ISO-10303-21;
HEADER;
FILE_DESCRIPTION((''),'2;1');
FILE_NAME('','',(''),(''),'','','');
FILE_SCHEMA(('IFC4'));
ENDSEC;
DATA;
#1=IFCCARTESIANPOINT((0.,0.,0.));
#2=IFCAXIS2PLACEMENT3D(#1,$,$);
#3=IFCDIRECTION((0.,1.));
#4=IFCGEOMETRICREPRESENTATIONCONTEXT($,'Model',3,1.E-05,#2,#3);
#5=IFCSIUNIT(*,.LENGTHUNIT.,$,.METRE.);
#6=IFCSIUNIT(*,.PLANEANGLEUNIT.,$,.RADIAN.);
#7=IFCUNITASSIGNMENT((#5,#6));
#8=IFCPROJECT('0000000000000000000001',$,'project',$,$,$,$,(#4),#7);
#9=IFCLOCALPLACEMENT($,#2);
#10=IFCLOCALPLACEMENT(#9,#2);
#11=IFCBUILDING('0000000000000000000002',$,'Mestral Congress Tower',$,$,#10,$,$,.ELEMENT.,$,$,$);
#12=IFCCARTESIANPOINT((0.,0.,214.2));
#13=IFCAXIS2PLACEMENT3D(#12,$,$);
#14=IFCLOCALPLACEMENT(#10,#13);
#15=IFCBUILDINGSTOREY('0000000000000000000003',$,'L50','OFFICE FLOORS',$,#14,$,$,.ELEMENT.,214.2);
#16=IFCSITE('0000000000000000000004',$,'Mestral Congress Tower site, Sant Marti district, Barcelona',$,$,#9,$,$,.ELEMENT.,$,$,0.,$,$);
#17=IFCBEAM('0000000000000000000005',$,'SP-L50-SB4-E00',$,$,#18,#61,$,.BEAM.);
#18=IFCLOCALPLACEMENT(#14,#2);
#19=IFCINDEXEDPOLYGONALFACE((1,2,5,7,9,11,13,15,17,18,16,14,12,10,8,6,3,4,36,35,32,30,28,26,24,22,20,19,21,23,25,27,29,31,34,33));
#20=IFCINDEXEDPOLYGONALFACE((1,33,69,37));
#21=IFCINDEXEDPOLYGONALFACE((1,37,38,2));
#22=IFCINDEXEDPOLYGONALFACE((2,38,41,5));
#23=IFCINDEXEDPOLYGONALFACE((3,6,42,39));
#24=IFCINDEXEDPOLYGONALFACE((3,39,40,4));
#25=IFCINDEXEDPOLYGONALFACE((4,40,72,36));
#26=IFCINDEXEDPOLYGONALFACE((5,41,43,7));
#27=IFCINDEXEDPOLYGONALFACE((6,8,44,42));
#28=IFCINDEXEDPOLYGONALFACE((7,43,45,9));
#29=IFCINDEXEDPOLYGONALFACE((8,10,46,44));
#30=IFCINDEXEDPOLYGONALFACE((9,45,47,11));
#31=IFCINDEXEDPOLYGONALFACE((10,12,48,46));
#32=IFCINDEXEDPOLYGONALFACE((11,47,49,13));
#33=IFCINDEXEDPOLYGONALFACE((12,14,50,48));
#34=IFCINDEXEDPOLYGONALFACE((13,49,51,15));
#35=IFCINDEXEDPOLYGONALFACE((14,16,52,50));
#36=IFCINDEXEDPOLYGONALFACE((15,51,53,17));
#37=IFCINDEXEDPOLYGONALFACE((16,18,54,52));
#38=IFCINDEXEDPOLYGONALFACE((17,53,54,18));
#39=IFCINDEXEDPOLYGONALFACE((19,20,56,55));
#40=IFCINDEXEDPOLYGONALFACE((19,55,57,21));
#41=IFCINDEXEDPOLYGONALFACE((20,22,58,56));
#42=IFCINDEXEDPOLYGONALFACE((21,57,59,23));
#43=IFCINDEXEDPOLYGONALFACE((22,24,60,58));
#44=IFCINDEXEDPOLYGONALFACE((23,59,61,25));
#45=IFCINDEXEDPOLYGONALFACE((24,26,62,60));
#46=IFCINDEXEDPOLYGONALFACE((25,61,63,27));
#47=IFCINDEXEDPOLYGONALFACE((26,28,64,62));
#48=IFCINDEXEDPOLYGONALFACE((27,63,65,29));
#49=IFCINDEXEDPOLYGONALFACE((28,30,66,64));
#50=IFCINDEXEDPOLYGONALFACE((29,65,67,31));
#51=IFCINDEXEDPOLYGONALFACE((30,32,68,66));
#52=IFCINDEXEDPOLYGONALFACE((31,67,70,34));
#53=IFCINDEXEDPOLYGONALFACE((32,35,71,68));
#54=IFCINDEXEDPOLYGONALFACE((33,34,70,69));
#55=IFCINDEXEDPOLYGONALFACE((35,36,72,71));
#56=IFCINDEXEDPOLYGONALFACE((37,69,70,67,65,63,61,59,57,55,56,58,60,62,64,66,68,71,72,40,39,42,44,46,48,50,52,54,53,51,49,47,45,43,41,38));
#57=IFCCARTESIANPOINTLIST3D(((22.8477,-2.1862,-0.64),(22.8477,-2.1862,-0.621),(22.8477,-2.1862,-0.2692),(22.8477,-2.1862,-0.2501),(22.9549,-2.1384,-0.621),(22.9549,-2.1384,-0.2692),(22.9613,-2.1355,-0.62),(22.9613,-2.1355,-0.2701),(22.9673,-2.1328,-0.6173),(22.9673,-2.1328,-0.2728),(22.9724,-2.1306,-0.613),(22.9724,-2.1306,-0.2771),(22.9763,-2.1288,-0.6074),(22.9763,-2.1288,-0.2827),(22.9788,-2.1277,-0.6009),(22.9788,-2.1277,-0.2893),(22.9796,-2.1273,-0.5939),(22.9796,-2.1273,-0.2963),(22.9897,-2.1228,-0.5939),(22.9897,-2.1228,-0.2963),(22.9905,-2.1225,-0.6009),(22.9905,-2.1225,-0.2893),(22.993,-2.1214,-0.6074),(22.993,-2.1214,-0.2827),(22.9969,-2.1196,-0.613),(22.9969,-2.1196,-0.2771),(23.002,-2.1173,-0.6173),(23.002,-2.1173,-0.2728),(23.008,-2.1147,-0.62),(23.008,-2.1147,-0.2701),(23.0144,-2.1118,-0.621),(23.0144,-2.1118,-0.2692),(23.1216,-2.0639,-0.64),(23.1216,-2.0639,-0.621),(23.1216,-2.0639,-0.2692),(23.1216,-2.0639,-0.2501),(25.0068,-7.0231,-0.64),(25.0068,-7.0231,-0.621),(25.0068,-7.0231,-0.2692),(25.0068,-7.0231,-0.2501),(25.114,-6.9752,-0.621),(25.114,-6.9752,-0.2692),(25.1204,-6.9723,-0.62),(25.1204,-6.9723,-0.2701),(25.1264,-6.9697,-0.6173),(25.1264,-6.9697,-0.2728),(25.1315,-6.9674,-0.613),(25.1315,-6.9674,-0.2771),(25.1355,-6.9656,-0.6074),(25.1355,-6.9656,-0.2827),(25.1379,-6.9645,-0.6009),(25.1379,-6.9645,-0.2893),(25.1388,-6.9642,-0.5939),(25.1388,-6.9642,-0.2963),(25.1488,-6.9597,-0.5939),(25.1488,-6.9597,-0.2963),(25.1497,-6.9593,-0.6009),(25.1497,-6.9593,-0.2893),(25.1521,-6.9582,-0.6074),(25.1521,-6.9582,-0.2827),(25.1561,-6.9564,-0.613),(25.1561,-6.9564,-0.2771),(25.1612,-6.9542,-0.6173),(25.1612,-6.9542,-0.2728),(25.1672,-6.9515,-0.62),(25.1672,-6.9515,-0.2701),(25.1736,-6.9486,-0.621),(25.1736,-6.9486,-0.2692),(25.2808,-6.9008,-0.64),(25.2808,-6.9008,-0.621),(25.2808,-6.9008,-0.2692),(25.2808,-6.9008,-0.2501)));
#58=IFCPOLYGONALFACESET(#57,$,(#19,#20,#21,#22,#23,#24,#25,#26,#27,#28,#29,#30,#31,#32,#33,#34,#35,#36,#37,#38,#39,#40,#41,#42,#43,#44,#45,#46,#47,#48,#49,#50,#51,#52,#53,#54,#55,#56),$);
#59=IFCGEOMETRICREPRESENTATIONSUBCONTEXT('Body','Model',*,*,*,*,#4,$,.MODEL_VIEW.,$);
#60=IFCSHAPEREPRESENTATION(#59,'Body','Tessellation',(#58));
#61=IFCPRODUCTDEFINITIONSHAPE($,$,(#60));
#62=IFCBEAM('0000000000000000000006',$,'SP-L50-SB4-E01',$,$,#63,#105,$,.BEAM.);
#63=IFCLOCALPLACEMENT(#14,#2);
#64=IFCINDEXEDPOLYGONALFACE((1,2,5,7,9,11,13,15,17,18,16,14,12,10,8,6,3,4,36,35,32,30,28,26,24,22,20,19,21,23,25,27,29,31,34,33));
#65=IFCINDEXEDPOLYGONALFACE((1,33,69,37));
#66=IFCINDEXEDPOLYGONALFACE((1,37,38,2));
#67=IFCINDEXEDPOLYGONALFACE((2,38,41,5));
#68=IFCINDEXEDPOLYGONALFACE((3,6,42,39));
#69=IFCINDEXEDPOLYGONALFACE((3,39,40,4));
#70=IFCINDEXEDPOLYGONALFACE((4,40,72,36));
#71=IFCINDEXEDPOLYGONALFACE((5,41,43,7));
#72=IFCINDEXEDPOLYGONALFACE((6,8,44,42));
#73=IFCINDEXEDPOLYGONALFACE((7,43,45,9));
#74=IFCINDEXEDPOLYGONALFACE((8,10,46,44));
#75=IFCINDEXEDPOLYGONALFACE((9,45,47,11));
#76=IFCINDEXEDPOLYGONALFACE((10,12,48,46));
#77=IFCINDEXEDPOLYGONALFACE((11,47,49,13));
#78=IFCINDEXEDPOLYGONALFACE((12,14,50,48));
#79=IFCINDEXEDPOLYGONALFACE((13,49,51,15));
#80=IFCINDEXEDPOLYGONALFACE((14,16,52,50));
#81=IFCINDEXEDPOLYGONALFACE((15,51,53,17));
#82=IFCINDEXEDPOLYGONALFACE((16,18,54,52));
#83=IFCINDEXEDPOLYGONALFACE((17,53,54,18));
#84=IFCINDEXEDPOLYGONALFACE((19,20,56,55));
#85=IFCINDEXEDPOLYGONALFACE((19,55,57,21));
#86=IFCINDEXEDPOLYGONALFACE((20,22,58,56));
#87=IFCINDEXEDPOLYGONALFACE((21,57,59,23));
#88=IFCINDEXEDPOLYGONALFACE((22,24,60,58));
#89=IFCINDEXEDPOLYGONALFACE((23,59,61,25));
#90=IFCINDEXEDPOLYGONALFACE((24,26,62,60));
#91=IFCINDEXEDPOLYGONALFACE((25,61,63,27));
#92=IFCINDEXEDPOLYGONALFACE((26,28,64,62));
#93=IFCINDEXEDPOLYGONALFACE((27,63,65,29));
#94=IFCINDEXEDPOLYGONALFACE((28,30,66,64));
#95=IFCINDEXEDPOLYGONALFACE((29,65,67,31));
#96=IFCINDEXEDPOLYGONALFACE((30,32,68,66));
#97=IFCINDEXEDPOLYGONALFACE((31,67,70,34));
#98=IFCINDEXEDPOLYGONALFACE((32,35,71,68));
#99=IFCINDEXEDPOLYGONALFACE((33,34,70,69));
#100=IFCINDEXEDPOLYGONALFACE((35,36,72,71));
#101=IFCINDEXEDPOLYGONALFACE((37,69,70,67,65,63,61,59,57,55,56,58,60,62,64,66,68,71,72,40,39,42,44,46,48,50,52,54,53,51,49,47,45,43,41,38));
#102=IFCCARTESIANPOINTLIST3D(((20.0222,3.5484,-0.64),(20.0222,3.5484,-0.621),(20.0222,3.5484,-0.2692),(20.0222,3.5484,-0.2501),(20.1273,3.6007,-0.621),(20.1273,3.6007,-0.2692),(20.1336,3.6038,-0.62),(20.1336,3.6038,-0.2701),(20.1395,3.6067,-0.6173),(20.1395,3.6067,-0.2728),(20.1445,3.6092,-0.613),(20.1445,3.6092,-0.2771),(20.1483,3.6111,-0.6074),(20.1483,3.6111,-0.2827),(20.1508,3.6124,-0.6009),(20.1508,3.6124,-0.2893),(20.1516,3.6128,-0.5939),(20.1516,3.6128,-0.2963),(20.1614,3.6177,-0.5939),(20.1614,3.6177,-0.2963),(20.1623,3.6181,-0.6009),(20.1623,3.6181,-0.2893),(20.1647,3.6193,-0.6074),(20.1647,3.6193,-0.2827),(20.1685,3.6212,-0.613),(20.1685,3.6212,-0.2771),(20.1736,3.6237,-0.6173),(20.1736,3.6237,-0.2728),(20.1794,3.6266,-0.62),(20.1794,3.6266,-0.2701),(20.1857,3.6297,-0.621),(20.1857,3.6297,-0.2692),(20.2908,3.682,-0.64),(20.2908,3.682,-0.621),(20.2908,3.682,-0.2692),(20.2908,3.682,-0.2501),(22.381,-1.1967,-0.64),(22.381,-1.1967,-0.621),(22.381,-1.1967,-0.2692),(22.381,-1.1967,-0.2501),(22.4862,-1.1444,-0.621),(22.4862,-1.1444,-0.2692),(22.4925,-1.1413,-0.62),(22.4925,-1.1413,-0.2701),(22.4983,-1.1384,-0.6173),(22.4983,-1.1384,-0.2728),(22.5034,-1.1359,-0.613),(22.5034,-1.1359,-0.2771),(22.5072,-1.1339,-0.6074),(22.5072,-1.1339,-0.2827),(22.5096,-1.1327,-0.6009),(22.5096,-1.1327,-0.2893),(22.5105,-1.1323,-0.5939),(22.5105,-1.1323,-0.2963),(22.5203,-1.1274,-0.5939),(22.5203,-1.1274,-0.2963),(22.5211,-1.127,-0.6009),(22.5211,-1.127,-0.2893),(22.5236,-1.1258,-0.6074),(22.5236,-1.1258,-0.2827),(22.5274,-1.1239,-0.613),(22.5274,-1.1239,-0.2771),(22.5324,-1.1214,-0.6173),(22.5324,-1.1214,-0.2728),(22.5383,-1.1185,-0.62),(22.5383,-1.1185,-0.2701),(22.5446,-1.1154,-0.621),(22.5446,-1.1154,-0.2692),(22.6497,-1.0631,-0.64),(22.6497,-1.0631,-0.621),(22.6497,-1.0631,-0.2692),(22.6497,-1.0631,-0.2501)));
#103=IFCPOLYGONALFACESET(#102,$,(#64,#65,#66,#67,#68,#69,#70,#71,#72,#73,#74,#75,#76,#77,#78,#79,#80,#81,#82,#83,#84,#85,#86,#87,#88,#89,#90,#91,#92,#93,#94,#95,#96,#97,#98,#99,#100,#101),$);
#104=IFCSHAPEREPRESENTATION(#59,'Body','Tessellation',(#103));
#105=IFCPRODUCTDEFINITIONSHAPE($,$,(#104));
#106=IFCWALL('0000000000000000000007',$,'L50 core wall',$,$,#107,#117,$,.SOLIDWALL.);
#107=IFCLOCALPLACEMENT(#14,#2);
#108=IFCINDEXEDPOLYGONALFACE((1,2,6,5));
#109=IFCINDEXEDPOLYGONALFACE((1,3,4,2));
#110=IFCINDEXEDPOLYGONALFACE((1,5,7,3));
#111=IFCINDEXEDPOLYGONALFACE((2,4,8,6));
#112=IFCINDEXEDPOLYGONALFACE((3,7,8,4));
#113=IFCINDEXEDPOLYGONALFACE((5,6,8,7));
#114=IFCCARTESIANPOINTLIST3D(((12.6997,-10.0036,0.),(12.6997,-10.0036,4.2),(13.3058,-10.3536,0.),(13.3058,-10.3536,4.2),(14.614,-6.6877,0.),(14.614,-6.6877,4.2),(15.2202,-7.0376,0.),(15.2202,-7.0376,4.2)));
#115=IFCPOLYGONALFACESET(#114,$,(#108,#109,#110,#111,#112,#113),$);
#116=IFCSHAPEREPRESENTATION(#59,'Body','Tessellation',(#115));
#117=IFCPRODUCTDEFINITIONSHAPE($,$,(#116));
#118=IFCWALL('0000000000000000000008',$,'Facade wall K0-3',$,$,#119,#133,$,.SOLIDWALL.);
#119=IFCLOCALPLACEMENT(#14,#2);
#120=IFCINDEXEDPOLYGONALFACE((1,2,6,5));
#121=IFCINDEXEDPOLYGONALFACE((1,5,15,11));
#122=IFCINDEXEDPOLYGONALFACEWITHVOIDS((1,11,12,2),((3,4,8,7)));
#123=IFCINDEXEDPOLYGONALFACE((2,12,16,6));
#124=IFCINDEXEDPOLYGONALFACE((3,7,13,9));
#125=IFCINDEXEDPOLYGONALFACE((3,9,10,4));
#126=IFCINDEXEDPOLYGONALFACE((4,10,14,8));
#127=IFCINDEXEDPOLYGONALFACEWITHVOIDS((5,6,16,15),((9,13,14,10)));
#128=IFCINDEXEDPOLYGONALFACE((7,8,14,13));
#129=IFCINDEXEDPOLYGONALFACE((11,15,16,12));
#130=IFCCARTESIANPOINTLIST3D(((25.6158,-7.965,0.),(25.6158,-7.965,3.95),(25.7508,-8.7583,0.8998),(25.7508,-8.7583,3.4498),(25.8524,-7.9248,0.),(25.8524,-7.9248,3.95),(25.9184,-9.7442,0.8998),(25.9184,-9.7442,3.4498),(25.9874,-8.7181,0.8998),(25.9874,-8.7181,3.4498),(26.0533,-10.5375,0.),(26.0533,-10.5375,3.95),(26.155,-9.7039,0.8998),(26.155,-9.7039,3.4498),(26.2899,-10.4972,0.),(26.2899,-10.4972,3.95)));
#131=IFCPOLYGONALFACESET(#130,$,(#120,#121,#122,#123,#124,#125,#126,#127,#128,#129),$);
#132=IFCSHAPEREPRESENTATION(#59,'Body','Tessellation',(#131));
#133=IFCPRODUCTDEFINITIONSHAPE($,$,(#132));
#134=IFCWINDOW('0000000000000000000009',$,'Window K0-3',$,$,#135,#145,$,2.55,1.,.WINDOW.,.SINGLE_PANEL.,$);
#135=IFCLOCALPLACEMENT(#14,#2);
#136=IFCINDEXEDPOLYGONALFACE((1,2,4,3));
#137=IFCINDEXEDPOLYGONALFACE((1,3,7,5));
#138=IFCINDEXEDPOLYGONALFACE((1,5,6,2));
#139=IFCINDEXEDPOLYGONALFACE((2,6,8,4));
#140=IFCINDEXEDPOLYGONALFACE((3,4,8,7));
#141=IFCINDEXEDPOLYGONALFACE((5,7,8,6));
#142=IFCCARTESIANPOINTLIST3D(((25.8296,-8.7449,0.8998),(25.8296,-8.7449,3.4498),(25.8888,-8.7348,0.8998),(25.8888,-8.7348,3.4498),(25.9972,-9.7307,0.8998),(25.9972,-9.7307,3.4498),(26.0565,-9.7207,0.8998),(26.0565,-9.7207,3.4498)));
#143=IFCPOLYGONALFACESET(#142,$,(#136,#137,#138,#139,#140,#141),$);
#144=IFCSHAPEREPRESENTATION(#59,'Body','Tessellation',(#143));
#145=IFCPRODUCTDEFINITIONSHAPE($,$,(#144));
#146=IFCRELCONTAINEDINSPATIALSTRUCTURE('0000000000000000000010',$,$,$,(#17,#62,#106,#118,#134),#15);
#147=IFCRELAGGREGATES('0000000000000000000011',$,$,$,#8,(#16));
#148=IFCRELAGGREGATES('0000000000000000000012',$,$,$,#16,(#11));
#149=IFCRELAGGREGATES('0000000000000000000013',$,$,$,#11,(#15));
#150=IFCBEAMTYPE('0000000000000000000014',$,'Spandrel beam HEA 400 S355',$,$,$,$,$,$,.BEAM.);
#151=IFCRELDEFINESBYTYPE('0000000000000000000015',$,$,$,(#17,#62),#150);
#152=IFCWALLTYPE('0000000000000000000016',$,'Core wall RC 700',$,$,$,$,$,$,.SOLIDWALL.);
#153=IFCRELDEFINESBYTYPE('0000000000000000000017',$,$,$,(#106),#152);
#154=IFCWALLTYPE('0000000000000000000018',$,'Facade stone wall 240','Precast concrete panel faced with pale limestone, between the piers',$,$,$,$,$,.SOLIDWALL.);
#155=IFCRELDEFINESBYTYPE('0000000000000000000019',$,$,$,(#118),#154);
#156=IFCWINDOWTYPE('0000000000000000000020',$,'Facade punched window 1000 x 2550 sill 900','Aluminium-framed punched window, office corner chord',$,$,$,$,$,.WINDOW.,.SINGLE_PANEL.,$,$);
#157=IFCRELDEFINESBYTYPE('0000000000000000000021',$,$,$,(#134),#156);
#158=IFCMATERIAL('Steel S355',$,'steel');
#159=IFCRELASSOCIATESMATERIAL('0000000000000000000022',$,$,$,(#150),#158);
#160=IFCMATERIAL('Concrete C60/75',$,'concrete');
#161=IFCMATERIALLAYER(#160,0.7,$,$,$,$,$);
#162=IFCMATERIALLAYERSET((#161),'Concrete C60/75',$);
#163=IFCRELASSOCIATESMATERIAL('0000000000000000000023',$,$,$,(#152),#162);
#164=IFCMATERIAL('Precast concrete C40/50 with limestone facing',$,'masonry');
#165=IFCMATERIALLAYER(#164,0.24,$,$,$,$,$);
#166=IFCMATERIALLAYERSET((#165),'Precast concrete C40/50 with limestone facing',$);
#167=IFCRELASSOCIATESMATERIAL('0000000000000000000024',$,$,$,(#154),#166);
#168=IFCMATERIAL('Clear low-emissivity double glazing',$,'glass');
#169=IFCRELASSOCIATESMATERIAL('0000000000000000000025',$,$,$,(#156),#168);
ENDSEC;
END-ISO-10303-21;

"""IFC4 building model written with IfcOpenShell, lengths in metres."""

from ifc_helpers import new_model, si_unit, direction, frame, frame_2d, origin, origin_2d, place, context, subcontext, project, spatial, rectangle, i_section, extrude, material, layer, layer_set, material_profile, profile_set, type_object, element, fill, save


model = new_model("IFC4")

# Units and contexts
model_context = context("Model", 3, precision=1e-05, world=origin(), true_north=direction((0.0, 1.0)))
body_context = subcontext(model_context, "Body", "Model", "MODEL_VIEW")
ifc_project = project(units=[si_unit("LENGTHUNIT", "METRE"), si_unit("PLANEANGLEUNIT", "RADIAN")], contexts=[model_context])

# Site, building, storey
site_placement = place(None, origin())
site = spatial("IfcSite", under=ifc_project, at=site_placement, Name="Mestral Congress Tower site, Sant Marti district, Barcelona", CompositionType="ELEMENT", RefElevation=0.0)
building_placement = place(site_placement, origin())
building = spatial("IfcBuilding", under=site, at=building_placement, Name="Mestral Congress Tower", CompositionType="ELEMENT")
storey_placement = place(building_placement, frame((0.0, 0.0, 214.2)))
storey = spatial("IfcBuildingStorey", under=building, at=storey_placement, Name="L50", Description="OFFICE FLOORS", CompositionType="ELEMENT", Elevation=214.2)

# Shared definitions
ifc_material_1 = material(Name="Concrete C60/75", Category="concrete")

# Beams
ifc_material_2 = material(Name="Steel S355", Category="steel")
ifc_material_profile_1 = material_profile(ifc_material_2, i_section(OverallWidth=0.3, OverallDepth=0.3899, WebThickness=0.011, FlangeThickness=0.019, FilletRadius=0.0271, at=origin_2d()), Name="HEA 400")
ifc_profile_set_1 = profile_set([ifc_material_profile_1], Name="Steel S355")
beam_type_1 = type_object("IfcBeamType", Name="Spandrel beam HEA 400 S355", PredefinedType="BEAM", material=ifc_profile_set_1)
beam_1_placement = place(storey_placement, frame((25.1438, -6.9619, -0.4451), z_axis=(-0.407626, 0.913149, 0.0), x_axis=(-0.913149, -0.407626, 0.0)))
element("IfcBeam", 1, at=beam_1_placement, inside=storey, type_object=beam_type_1, Name="SP-L50-SB4-E00", PredefinedType="BEAM", context=body_context, shape_type="SweptSolid", body=[
    extrude(i_section(OverallWidth=0.3, OverallDepth=0.3899, WebThickness=0.011, FlangeThickness=0.019, FilletRadius=0.0271, at=origin_2d()), origin(), (0.0, 0.0, 1.0), 5.2969),
])
beam_2_placement = place(storey_placement, frame((22.5154, -1.1299, -0.4451), z_axis=(-0.445148, 0.895457, 0.0), x_axis=(-0.895457, -0.445148, 0.0)))
element("IfcBeam", 2, at=beam_2_placement, inside=storey, type_object=beam_type_1, Name="SP-L50-SB4-E01", PredefinedType="BEAM", context=body_context, shape_type="SweptSolid", body=[
    extrude(i_section(OverallWidth=0.3, OverallDepth=0.3899, WebThickness=0.011, FlangeThickness=0.019, FilletRadius=0.0271, at=origin_2d()), origin(), (0.0, 0.0, 1.0), 5.2991),
])

# Wall
ifc_layer_1 = layer(ifc_material_1, 0.7)
ifc_layer_set_1 = layer_set([ifc_layer_1], Name="Concrete C60/75")
wall_type_1 = type_object("IfcWallType", Name="Core wall RC 700", PredefinedType="SOLIDWALL", material=ifc_layer_set_1)
wall_1_placement = place(storey_placement, frame((13.0027, -10.1787, 0.0), z_axis=(0.0, 0.0, 1.0), x_axis=(0.499973, 0.866041, 0.0)))
element("IfcWall", 3, at=wall_1_placement, inside=storey, type_object=wall_type_1, Name="L50 core wall", PredefinedType="SOLIDWALL", context=body_context, shape_type="SweptSolid", body=[
    extrude(rectangle(XDim=3.8289, YDim=0.7, at=frame_2d((1.9146, 0.0))), origin(), (0.0, 0.0, 1.0), 4.2),
])

# Wall, opening, window
ifc_material_3 = material(Name="Precast concrete C40/50 with limestone facing", Category="masonry")
ifc_layer_2 = layer(ifc_material_3, 0.24)
ifc_layer_set_2 = layer_set([ifc_layer_2], Name="Precast concrete C40/50 with limestone facing")
wall_type_2 = type_object("IfcWallType", Name="Facade stone wall 240", Description="Precast concrete panel faced with pale limestone, between the piers", PredefinedType="SOLIDWALL", material=ifc_layer_set_2)
wall_2_placement = place(storey_placement, frame((26.1716, -10.5173, 0.0), z_axis=(0.0, 0.0, 1.0), x_axis=(-0.16766, 0.985845, 0.0)))
wall_2 = element("IfcWall", 4, at=wall_2_placement, inside=storey, type_object=wall_type_2, Name="Facade wall K0-3", PredefinedType="SOLIDWALL", context=body_context, shape_type="SweptSolid", body=[
    extrude(rectangle(XDim=2.6094, YDim=0.24, at=frame_2d((1.3047, 0.0))), origin(), (0.0, 0.0, 1.0), 3.95),
])
opening_1_placement = place(wall_2_placement, frame((0.8047, 0.0, 0.8999)))
opening_1 = element("IfcOpeningElement", 5, at=opening_1_placement, cuts=wall_2, PredefinedType="OPENING", context=body_context, shape_type="SweptSolid", body=[
    extrude(rectangle(XDim=1.0, YDim=2.55, at=frame_2d((0.5, 1.2749))), frame((0.0, 0.1299, 0.0), z_axis=(0.0, -1.0, 0.0), x_axis=(1.0, 0.0, 0.0)), (0.0, 0.0, 1.0), 0.26),
])
ifc_material_4 = material(Name="Clear low-emissivity double glazing", Category="glass")
window_type_1 = type_object("IfcWindowType", Name="Facade punched window 1000 x 2550 sill 900", Description="Aluminium-framed punched window, office corner chord", PartitioningType="SINGLE_PANEL", PredefinedType="WINDOW", material=ifc_material_4)
window_1_placement = place(opening_1_placement, origin())
window_1 = element("IfcWindow", 6, at=window_1_placement, inside=storey, type_object=window_type_1, Name="Window K0-3", OverallHeight=2.55, OverallWidth=1.0, PartitioningType="SINGLE_PANEL", PredefinedType="WINDOW", context=body_context, shape_type="SweptSolid", body=[
    extrude(rectangle(XDim=1.0, YDim=2.55, at=frame_2d((0.5, 1.2749))), frame((0.0, 0.04, 0.0), z_axis=(0.0, -1.0, 0.0), x_axis=(1.0, 0.0, 0.0)), (0.0, 0.0, 1.0), 0.0601),
])
fill(opening_1, window_1)

save(model, "model.ifc")
